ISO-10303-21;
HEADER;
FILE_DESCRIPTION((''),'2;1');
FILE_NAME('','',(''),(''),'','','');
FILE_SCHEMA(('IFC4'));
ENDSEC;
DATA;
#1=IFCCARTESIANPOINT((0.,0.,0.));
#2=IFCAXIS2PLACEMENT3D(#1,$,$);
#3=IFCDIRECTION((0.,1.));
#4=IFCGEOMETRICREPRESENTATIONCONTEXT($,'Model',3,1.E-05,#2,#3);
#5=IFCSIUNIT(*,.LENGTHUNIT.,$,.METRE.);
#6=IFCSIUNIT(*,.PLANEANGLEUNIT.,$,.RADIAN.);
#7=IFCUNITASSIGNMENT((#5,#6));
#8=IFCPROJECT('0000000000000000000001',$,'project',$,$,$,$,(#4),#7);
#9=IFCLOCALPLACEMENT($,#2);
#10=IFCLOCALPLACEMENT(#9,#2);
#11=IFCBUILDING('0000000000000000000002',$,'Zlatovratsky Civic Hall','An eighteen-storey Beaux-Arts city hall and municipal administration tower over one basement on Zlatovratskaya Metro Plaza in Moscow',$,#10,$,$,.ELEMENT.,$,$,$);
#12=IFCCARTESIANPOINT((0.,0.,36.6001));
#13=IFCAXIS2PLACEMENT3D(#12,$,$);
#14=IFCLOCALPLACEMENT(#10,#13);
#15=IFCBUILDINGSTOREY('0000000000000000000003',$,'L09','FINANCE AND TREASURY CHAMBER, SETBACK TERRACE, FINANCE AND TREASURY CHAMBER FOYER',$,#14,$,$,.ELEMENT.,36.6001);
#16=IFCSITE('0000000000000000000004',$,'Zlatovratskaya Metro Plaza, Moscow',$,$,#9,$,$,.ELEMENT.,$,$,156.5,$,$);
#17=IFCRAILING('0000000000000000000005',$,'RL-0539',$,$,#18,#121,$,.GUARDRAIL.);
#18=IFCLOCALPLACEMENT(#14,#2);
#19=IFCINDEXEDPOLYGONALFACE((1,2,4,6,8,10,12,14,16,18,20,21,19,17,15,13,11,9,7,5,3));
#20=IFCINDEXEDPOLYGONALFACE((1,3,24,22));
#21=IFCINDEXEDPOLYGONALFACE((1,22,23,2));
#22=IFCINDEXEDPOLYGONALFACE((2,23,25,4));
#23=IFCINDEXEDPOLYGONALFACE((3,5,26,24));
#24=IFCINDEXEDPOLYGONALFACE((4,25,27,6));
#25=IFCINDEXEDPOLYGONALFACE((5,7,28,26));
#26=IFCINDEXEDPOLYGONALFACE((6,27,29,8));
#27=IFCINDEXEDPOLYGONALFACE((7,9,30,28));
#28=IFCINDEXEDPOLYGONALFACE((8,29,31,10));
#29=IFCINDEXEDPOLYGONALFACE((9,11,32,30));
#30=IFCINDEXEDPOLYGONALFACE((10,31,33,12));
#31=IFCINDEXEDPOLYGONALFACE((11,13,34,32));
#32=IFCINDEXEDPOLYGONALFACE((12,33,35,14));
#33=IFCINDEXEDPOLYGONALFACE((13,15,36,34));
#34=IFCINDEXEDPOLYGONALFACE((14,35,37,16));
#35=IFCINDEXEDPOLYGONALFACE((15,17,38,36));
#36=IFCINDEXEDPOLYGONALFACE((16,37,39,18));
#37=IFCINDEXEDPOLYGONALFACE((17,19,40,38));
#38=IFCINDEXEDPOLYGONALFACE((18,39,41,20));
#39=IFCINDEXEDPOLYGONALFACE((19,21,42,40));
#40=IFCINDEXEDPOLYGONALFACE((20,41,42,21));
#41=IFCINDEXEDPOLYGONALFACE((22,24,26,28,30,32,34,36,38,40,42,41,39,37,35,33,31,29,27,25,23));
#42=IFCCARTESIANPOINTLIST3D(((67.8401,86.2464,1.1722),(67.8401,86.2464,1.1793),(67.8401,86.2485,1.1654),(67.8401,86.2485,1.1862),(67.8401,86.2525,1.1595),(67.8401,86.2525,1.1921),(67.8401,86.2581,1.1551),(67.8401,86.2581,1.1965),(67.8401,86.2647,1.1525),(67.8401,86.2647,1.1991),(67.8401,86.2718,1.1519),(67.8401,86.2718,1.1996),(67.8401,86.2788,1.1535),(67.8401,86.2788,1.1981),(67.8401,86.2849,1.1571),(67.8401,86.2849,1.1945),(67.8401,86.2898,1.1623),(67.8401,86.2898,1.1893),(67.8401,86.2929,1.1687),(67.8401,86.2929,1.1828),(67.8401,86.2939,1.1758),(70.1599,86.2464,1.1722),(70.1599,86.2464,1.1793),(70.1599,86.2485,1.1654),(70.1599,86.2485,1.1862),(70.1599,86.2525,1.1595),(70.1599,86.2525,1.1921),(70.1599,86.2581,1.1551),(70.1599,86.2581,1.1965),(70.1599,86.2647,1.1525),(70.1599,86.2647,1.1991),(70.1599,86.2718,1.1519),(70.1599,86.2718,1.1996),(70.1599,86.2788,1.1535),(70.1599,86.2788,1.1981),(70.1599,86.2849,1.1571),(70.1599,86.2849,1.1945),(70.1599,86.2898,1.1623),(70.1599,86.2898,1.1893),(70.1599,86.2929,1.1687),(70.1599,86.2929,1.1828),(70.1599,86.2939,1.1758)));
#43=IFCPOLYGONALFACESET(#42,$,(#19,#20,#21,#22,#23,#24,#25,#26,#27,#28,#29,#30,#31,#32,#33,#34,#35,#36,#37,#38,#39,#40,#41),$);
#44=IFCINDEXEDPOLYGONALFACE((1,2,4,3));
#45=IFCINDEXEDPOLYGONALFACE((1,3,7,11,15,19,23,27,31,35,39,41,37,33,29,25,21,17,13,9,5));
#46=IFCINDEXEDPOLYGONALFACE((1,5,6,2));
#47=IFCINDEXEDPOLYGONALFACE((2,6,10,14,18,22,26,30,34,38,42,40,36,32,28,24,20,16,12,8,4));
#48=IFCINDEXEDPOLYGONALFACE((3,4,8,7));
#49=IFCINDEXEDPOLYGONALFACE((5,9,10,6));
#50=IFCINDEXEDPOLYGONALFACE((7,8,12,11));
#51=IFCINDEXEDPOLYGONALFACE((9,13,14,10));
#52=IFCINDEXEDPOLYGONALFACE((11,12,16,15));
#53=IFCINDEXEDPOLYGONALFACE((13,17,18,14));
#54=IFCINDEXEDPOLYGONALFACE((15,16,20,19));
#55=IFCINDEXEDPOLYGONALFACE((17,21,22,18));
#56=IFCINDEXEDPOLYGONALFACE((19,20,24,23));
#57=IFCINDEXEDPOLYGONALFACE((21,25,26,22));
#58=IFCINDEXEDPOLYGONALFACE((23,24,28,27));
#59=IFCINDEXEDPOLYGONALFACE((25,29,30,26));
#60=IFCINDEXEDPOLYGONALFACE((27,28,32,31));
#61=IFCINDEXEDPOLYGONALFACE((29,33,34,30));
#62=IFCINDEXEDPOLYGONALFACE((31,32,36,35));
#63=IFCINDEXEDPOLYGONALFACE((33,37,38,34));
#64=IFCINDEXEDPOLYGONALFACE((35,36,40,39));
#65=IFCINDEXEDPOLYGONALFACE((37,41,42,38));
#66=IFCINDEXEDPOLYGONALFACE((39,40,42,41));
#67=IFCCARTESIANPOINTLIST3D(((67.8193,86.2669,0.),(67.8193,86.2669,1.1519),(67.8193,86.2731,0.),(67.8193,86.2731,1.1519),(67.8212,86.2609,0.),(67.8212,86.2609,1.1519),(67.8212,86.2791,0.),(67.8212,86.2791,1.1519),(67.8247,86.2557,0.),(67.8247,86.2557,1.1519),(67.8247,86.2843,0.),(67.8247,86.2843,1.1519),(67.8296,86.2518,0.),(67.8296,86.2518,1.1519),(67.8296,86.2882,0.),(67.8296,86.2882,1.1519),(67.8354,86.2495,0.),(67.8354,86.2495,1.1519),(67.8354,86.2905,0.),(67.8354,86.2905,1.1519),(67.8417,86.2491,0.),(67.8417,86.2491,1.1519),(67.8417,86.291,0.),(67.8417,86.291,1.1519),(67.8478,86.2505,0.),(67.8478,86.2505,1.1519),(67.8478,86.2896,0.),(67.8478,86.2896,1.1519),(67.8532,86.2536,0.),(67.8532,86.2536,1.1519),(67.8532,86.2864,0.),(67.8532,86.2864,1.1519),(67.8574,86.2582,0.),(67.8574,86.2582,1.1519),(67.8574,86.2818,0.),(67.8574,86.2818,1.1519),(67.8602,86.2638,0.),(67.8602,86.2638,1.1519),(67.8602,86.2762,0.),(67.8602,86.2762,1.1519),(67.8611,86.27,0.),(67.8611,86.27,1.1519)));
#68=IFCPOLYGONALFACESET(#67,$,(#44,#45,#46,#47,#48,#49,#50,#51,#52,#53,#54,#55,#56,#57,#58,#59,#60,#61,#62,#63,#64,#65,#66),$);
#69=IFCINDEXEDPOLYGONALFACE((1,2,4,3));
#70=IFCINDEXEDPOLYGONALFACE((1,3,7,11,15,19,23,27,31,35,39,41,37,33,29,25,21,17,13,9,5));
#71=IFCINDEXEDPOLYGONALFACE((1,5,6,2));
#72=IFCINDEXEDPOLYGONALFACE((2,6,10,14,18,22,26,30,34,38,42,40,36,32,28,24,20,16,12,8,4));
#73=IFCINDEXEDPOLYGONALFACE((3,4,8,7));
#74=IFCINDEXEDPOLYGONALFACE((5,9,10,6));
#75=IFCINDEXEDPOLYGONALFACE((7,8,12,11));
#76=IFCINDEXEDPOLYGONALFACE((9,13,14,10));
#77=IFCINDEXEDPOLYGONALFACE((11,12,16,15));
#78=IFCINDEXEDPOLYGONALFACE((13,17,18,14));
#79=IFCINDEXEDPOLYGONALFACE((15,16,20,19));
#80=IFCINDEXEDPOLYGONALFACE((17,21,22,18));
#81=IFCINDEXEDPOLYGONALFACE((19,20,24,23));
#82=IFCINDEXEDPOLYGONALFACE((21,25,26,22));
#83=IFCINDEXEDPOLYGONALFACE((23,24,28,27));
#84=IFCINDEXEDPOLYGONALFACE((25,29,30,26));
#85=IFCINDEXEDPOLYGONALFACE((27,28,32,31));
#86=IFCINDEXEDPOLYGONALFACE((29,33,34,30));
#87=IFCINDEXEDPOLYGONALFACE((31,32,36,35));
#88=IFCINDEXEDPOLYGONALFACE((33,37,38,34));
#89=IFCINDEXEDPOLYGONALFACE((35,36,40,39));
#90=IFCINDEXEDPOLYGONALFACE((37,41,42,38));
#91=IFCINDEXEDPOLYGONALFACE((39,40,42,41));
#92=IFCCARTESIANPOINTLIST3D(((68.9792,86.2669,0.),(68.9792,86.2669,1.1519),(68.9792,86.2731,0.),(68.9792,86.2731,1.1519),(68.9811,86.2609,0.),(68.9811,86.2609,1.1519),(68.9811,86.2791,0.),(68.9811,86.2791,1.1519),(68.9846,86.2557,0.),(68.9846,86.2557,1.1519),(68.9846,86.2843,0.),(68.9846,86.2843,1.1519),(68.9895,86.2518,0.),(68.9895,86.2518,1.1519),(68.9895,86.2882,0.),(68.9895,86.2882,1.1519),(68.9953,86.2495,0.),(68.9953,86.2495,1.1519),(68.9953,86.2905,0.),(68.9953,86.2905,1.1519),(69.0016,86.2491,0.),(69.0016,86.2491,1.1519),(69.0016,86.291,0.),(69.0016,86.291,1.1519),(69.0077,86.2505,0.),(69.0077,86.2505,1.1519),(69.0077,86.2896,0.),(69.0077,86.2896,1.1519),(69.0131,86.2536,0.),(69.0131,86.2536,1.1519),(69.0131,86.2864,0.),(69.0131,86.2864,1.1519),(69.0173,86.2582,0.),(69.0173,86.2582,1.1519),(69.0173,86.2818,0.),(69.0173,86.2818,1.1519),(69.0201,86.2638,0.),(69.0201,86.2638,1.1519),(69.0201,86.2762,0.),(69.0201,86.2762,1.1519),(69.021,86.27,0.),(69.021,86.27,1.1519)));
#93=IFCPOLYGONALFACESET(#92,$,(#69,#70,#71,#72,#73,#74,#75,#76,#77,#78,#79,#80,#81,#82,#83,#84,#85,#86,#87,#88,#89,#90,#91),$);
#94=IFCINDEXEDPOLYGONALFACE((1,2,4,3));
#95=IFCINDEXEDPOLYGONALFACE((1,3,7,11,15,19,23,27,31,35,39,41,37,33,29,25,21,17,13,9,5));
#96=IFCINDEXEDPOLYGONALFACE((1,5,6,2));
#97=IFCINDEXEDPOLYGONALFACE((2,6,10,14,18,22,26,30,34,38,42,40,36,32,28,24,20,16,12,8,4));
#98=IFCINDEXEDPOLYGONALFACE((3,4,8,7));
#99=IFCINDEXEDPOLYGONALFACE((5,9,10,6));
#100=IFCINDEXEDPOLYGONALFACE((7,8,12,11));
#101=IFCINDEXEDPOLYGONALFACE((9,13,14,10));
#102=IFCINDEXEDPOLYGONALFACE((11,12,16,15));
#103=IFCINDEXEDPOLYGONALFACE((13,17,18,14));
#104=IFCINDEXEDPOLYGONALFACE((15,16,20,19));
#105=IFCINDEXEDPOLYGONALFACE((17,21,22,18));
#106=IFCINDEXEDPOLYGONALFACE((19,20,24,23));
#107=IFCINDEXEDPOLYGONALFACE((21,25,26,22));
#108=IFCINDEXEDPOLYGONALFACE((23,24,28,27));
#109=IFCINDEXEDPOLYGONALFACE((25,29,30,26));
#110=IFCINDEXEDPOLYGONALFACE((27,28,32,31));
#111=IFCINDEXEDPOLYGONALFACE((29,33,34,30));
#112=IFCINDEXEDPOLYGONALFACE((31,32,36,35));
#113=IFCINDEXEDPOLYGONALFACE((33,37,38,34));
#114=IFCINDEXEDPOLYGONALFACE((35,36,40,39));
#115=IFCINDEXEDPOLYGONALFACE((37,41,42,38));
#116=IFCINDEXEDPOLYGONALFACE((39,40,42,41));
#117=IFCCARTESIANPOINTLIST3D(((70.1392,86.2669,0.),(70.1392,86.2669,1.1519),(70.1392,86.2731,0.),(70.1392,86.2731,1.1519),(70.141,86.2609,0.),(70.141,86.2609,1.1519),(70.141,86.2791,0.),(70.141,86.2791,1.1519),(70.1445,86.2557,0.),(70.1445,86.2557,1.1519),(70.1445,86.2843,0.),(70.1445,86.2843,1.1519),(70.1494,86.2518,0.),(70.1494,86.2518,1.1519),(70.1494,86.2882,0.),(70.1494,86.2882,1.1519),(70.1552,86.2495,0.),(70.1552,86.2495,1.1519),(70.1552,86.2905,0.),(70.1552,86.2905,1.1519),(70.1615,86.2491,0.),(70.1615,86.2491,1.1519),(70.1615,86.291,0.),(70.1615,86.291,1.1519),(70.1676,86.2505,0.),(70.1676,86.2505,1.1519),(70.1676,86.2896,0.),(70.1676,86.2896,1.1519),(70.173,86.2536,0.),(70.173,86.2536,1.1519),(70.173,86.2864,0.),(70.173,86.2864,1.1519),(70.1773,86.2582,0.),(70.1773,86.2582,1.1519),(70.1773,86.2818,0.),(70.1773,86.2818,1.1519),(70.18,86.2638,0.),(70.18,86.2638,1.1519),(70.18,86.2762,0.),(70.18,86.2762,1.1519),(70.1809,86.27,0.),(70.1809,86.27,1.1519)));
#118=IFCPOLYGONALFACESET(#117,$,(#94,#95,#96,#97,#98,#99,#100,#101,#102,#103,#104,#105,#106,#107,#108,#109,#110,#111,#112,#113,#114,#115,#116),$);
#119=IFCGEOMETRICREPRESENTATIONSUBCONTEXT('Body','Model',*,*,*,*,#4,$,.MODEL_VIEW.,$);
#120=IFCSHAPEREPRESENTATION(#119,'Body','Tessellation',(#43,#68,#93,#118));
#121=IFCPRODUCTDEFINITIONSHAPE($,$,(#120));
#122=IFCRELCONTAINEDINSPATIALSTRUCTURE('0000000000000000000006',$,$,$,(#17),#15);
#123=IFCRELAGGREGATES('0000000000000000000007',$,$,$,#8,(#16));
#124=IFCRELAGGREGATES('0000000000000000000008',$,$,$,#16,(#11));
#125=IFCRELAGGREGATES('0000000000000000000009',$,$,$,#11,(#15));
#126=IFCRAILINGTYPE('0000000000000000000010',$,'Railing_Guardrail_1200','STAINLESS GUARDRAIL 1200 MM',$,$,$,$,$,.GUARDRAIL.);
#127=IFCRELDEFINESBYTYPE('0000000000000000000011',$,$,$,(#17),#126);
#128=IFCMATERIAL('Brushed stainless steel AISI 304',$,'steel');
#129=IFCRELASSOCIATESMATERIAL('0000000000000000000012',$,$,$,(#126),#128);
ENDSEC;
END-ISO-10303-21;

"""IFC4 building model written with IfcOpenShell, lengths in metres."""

from ifc_helpers import new_model, si_unit, direction, frame, origin, origin_2d, place, context, subcontext, project, spatial, circle, extrude, material, type_object, element, save


model = new_model("IFC4")

# Units and contexts
model_context = context("Model", 3, precision=1e-05, world=origin(), true_north=direction((0.0, 1.0)))
body_context = subcontext(model_context, "Body", "Model", "MODEL_VIEW")
ifc_project = project(units=[si_unit("LENGTHUNIT", "METRE"), si_unit("PLANEANGLEUNIT", "RADIAN")], contexts=[model_context])

# Site, building, storey
site_placement = place(None, origin())
site = spatial("IfcSite", under=ifc_project, at=site_placement, Name="Zlatovratskaya Metro Plaza, Moscow", CompositionType="ELEMENT", RefElevation=156.5)
building_placement = place(site_placement, origin())
building = spatial("IfcBuilding", under=site, at=building_placement, Name="Zlatovratsky Civic Hall", Description="An eighteen-storey Beaux-Arts city hall and municipal administration tower over one basement on Zlatovratskaya Metro Plaza in Moscow", CompositionType="ELEMENT")
storey_placement = place(building_placement, frame((0.0, 0.0, 36.6001)))
storey = spatial("IfcBuildingStorey", under=building, at=storey_placement, Name="L09", Description="FINANCE AND TREASURY CHAMBER, SETBACK TERRACE, FINANCE AND TREASURY CHAMBER FOYER", CompositionType="ELEMENT", Elevation=36.6001)

# Railing
ifc_material_1 = material(Name="Brushed stainless steel AISI 304", Category="steel")
railing_type_1 = type_object("IfcRailingType", Name="Railing_Guardrail_1200", Description="STAINLESS GUARDRAIL 1200 MM", PredefinedType="GUARDRAIL", material=ifc_material_1)
railing_1_placement = place(storey_placement, frame((67.8401, 86.27, 0.0)))
element("IfcRailing", 1, at=railing_1_placement, inside=storey, type_object=railing_type_1, Name="RL-0539", PredefinedType="GUARDRAIL", context=body_context, shape_type="SweptSolid", body=[
    extrude(circle(Radius=0.0239, at=origin_2d()), frame((0.0, 0.0, 1.1758), z_axis=(1.0, 0.0, 0.0), x_axis=(0.0, 1.0, 0.0)), (0.0, 0.0, 1.0), 2.3198),
    extrude(circle(Radius=0.021, at=origin_2d()), origin(), (0.0, 0.0, 1.0), 1.1519),
    extrude(circle(Radius=0.021, at=origin_2d()), frame((1.1599, 0.0, 0.0)), (0.0, 0.0, 1.0), 1.1519),
    extrude(circle(Radius=0.021, at=origin_2d()), frame((2.3198, 0.0, 0.0)), (0.0, 0.0, 1.0), 1.1519),
])

save(model, "model.ifc")
